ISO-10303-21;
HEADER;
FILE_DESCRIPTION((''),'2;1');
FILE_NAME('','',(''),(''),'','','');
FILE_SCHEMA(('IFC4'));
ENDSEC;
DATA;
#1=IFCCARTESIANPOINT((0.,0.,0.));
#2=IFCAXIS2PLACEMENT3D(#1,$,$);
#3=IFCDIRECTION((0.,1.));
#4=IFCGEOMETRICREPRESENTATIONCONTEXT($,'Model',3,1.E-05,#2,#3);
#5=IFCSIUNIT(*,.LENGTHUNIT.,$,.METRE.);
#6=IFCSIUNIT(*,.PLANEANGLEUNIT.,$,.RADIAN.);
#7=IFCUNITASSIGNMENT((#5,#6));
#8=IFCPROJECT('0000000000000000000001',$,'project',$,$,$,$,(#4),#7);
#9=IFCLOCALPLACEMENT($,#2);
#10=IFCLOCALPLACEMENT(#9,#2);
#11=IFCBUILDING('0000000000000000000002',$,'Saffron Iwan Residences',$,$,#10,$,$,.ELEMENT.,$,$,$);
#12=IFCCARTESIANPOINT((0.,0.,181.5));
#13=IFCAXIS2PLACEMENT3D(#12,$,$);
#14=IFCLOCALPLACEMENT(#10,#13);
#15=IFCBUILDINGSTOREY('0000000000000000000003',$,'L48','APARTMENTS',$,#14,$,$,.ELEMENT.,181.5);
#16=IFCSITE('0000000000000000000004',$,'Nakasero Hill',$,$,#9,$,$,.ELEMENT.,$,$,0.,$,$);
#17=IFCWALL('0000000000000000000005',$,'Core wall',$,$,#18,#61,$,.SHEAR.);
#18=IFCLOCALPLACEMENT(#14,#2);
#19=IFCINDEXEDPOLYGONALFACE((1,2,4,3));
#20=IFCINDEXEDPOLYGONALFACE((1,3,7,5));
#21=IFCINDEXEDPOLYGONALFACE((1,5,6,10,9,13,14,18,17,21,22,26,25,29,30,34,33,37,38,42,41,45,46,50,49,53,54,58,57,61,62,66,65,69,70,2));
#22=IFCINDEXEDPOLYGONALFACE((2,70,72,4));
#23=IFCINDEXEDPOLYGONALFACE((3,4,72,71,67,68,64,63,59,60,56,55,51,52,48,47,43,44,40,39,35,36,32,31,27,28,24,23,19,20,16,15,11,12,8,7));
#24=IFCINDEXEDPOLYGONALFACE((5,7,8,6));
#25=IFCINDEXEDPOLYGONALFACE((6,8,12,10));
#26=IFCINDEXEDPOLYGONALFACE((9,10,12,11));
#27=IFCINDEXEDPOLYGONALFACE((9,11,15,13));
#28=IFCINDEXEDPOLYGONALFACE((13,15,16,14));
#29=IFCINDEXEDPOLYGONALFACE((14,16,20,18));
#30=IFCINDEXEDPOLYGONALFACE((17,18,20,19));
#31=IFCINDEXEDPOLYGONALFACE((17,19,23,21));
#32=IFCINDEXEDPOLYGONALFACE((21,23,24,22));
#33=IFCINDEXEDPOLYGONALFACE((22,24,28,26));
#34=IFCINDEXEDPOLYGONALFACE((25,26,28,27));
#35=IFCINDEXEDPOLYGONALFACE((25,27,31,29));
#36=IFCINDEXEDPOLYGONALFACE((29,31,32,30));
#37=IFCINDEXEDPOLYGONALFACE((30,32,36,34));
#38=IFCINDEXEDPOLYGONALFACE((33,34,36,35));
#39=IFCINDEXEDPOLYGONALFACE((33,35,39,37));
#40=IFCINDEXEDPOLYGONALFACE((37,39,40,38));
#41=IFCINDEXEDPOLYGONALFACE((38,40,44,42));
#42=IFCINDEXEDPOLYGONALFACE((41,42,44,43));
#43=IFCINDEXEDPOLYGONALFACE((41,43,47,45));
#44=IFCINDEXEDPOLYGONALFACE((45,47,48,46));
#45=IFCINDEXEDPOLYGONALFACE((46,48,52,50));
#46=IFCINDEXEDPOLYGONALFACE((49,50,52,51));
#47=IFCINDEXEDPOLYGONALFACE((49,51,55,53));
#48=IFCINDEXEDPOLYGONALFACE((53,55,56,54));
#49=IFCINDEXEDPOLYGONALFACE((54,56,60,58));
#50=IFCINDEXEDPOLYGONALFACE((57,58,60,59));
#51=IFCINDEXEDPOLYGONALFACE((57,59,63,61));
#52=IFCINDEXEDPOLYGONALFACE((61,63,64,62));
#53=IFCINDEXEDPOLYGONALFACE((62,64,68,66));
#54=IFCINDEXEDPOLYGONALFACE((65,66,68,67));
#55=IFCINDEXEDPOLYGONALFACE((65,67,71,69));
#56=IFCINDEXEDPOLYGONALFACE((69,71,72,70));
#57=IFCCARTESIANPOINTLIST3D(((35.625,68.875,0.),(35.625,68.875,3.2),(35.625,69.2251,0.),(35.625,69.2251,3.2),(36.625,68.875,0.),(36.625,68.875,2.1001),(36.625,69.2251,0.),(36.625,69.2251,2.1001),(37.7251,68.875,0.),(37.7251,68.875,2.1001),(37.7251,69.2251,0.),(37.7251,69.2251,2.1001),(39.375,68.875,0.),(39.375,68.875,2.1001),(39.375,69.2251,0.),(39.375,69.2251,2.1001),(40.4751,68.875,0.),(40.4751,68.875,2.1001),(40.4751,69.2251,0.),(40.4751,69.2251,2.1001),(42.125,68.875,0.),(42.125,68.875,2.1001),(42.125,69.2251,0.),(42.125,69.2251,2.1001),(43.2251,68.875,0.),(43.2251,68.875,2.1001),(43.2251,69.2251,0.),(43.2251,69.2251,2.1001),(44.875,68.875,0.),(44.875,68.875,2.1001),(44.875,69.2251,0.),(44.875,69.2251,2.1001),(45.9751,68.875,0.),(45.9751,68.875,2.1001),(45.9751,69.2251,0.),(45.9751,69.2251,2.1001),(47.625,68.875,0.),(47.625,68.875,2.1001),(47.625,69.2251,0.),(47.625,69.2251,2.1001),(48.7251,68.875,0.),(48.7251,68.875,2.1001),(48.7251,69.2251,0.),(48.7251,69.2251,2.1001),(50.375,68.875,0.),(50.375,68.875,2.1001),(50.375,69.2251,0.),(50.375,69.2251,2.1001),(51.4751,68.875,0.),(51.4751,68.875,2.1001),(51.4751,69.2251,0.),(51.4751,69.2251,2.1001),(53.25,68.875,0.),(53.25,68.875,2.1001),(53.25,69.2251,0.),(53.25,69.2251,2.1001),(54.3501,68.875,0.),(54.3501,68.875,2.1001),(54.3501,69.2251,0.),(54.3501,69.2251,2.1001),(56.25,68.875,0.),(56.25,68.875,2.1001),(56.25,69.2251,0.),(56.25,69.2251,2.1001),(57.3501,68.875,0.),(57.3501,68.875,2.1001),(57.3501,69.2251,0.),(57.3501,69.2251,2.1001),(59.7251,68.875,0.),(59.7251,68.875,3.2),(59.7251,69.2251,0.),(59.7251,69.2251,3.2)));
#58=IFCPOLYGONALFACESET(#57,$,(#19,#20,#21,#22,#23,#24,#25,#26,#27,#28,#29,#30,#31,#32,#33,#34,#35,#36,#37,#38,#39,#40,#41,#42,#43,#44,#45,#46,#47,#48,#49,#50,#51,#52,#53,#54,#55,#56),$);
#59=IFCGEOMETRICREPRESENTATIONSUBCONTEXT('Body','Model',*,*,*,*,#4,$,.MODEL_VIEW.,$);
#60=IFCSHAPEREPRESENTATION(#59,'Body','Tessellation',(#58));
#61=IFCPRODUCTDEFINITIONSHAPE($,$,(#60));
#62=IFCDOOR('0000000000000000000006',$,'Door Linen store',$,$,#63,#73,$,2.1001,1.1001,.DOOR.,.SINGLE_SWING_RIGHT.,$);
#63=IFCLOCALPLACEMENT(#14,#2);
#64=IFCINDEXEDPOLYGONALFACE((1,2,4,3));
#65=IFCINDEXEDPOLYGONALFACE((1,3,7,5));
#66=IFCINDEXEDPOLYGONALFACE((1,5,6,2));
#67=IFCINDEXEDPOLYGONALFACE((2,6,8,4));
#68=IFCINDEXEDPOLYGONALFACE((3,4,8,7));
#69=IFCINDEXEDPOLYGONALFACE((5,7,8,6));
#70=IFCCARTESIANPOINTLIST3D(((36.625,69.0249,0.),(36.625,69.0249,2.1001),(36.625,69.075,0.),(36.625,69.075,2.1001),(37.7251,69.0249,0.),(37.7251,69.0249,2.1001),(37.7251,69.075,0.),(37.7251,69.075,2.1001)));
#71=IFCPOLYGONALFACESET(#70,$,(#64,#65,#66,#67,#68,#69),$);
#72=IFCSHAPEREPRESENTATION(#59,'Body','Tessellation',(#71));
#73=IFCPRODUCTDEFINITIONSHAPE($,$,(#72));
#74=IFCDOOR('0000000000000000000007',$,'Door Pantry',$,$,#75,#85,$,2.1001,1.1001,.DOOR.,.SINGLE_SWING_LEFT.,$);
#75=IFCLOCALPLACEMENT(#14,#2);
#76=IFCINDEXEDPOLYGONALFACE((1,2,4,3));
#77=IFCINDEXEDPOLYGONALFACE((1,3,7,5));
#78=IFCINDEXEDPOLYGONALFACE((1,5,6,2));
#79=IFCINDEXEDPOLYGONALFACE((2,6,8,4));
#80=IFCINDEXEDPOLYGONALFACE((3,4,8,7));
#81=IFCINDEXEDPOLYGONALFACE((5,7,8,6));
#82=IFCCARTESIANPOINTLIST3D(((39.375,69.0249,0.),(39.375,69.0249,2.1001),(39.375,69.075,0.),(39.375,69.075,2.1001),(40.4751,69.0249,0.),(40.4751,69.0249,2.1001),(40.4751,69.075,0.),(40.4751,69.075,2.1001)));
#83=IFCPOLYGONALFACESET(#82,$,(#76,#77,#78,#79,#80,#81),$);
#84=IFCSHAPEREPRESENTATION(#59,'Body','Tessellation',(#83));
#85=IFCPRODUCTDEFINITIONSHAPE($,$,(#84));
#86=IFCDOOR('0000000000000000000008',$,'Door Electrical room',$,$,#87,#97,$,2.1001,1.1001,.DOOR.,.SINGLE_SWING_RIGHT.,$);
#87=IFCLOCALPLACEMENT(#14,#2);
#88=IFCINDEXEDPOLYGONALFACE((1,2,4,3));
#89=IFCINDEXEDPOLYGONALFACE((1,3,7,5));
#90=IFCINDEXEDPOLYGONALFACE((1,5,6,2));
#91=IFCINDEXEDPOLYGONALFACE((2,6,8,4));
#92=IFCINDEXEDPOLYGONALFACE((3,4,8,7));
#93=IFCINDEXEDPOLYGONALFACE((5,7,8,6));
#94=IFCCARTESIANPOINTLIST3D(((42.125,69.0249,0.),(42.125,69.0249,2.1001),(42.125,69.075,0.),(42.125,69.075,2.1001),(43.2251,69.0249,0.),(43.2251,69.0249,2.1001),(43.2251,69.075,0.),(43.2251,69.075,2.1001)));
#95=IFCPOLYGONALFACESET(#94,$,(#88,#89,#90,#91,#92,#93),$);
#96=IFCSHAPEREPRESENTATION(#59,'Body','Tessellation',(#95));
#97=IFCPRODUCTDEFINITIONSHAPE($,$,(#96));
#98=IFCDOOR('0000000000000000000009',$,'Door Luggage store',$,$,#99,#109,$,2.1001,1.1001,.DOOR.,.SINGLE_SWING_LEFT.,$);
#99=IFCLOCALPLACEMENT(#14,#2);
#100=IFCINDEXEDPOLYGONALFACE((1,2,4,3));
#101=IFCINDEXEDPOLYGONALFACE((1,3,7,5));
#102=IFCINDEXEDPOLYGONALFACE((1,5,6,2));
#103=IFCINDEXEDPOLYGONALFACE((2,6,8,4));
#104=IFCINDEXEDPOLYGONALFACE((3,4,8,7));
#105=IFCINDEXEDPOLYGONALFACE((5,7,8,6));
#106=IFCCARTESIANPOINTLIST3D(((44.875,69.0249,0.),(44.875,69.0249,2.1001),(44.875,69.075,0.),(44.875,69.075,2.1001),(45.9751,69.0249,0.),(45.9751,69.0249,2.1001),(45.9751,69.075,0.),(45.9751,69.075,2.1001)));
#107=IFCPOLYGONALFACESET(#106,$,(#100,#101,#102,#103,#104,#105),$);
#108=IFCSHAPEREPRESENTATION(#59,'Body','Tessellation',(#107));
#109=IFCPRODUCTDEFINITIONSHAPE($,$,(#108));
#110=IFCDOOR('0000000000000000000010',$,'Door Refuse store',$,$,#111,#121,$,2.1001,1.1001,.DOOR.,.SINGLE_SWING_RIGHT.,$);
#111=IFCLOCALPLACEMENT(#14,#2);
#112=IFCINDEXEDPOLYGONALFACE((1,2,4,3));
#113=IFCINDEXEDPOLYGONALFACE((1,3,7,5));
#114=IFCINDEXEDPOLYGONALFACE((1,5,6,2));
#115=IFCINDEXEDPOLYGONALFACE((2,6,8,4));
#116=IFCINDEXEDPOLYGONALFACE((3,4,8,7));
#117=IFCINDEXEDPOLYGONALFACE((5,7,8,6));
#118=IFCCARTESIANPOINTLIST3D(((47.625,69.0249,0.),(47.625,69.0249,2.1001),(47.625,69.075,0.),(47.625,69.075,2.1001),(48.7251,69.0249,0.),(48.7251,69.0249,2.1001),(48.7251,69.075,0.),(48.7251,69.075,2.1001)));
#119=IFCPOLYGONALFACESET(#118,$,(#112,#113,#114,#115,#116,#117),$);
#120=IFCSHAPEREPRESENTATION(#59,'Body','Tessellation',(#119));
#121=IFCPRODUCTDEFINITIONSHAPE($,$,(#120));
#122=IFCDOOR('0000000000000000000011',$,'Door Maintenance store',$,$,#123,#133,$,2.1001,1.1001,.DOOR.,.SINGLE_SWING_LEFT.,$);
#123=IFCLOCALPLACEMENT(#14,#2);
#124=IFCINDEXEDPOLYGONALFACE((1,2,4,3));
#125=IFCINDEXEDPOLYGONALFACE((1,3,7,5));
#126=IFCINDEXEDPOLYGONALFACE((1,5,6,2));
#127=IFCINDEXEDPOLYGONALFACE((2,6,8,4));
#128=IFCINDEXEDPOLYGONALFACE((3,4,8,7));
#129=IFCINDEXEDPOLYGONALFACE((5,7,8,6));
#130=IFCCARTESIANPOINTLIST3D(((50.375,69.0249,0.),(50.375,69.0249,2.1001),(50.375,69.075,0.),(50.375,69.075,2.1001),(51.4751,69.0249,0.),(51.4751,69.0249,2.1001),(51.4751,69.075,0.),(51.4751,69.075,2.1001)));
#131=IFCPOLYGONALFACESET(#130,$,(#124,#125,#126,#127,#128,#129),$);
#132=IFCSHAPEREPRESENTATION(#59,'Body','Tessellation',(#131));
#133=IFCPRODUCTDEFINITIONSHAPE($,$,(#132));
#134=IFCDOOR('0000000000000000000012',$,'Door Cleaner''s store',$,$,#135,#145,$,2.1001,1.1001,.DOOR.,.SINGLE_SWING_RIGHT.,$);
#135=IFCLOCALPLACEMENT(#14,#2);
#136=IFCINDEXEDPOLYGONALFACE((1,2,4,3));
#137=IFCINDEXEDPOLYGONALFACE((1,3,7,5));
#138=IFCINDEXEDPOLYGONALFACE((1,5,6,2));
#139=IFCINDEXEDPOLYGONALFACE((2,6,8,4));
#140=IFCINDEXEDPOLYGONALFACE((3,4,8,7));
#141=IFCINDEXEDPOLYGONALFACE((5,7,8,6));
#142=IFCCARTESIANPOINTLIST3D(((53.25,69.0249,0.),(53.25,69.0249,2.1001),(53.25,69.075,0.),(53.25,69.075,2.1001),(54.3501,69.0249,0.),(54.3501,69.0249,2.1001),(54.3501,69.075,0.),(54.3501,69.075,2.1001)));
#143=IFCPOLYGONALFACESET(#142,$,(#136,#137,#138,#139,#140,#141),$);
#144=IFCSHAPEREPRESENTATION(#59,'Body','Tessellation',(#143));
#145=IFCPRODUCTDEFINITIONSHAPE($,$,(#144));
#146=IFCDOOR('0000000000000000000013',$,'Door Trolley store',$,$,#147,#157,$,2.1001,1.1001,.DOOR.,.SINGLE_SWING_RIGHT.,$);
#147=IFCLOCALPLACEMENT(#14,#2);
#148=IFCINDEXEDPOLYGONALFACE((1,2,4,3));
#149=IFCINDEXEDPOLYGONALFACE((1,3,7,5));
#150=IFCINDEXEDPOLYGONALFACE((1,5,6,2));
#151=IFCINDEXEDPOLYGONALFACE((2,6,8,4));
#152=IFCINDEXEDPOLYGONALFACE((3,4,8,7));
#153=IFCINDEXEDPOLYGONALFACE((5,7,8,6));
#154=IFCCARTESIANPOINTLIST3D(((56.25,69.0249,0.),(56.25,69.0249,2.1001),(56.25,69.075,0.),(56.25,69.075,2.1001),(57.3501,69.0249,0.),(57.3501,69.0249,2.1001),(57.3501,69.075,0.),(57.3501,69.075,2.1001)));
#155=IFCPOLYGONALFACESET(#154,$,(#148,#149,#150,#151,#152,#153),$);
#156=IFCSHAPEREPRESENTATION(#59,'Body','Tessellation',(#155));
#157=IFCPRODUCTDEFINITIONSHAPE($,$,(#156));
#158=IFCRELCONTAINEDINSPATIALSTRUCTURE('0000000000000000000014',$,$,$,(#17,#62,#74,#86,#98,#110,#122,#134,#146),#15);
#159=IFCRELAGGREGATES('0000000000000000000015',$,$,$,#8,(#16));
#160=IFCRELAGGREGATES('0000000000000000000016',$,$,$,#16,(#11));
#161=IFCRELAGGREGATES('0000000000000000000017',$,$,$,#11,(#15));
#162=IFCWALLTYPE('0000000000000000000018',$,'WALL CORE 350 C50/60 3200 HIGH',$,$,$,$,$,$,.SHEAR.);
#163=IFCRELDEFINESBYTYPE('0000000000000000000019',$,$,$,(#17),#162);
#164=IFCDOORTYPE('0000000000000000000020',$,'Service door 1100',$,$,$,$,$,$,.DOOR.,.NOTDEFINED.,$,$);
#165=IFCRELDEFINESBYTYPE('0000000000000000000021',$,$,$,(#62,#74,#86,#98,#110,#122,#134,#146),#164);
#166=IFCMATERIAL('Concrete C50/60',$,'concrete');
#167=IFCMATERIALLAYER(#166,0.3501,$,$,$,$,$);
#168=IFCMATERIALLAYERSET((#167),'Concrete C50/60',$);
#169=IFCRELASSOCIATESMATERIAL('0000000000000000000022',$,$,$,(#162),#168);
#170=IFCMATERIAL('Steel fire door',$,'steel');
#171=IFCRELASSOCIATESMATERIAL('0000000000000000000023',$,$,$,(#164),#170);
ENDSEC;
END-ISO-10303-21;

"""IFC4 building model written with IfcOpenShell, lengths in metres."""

from ifc_helpers import new_model, si_unit, direction, frame, frame_2d, origin, place, context, subcontext, project, spatial, rectangle, extrude, material, layer, layer_set, type_object, element, fill, save


model = new_model("IFC4")

# Units and contexts
model_context = context("Model", 3, precision=1e-05, world=origin(), true_north=direction((0.0, 1.0)))
body_context = subcontext(model_context, "Body", "Model", "MODEL_VIEW")
ifc_project = project(units=[si_unit("LENGTHUNIT", "METRE"), si_unit("PLANEANGLEUNIT", "RADIAN")], contexts=[model_context])

# Site, building, storey
site_placement = place(None, origin())
site = spatial("IfcSite", under=ifc_project, at=site_placement, Name="Nakasero Hill", CompositionType="ELEMENT", RefElevation=0.0)
building_placement = place(site_placement, origin())
building = spatial("IfcBuilding", under=site, at=building_placement, Name="Saffron Iwan Residences", CompositionType="ELEMENT")
storey_placement = place(building_placement, frame((0.0, 0.0, 181.5)))
storey = spatial("IfcBuildingStorey", under=building, at=storey_placement, Name="L48", Description="APARTMENTS", CompositionType="ELEMENT", Elevation=181.5)

# Shared definitions
ifc_material_1 = material(Name="Concrete C50/60", Category="concrete")

# Wall, openings, doors
ifc_layer_1 = layer(ifc_material_1, 0.3501)
ifc_layer_set_1 = layer_set([ifc_layer_1], Name="Concrete C50/60")
wall_type_1 = type_object("IfcWallType", Name="WALL CORE 350 C50/60 3200 HIGH", PredefinedType="SHEAR", material=ifc_layer_set_1)
wall_1_placement = place(storey_placement, frame((35.625, 69.05, 0.0), z_axis=(0.0, 0.0, 1.0), x_axis=(1.0, 0.0, 0.0)))
wall_1 = element("IfcWall", 1, at=wall_1_placement, inside=storey, type_object=wall_type_1, Name="Core wall", PredefinedType="SHEAR", context=body_context, shape_type="SweptSolid", body=[
    extrude(rectangle(XDim=24.1001, YDim=0.3501, at=frame_2d((12.05, 0.0))), origin(), (0.0, 0.0, 1.0), 3.2),
])
opening_1_placement = place(wall_1_placement, frame((1.0, 0.0, 0.0)))
opening_1 = element("IfcOpeningElement", 2, at=opening_1_placement, cuts=wall_1, PredefinedType="OPENING", context=body_context, shape_type="SweptSolid", body=[
    extrude(rectangle(XDim=1.1001, YDim=2.1001, at=frame_2d((0.55, 1.05))), frame((0.0, 0.1851, 0.0), z_axis=(0.0, -1.0, 0.0), x_axis=(1.0, 0.0, 0.0)), (0.0, 0.0, 1.0), 0.3701),
])
opening_2_placement = place(wall_1_placement, frame((3.75, 0.0, 0.0)))
opening_2 = element("IfcOpeningElement", 3, at=opening_2_placement, cuts=wall_1, PredefinedType="OPENING", context=body_context, shape_type="SweptSolid", body=[
    extrude(rectangle(XDim=1.1001, YDim=2.1001, at=frame_2d((0.55, 1.05))), frame((0.0, 0.1851, 0.0), z_axis=(0.0, -1.0, 0.0), x_axis=(1.0, 0.0, 0.0)), (0.0, 0.0, 1.0), 0.3701),
])
opening_3_placement = place(wall_1_placement, frame((6.5, 0.0, 0.0)))
opening_3 = element("IfcOpeningElement", 4, at=opening_3_placement, cuts=wall_1, PredefinedType="OPENING", context=body_context, shape_type="SweptSolid", body=[
    extrude(rectangle(XDim=1.1001, YDim=2.1001, at=frame_2d((0.55, 1.05))), frame((0.0, 0.1851, 0.0), z_axis=(0.0, -1.0, 0.0), x_axis=(1.0, 0.0, 0.0)), (0.0, 0.0, 1.0), 0.3701),
])
opening_4_placement = place(wall_1_placement, frame((9.25, 0.0, 0.0)))
opening_4 = element("IfcOpeningElement", 5, at=opening_4_placement, cuts=wall_1, PredefinedType="OPENING", context=body_context, shape_type="SweptSolid", body=[
    extrude(rectangle(XDim=1.1001, YDim=2.1001, at=frame_2d((0.55, 1.05))), frame((0.0, 0.1851, 0.0), z_axis=(0.0, -1.0, 0.0), x_axis=(1.0, 0.0, 0.0)), (0.0, 0.0, 1.0), 0.3701),
])
opening_5_placement = place(wall_1_placement, frame((12.0, 0.0, 0.0)))
opening_5 = element("IfcOpeningElement", 6, at=opening_5_placement, cuts=wall_1, PredefinedType="OPENING", context=body_context, shape_type="SweptSolid", body=[
    extrude(rectangle(XDim=1.1001, YDim=2.1001, at=frame_2d((0.55, 1.05))), frame((0.0, 0.1851, 0.0), z_axis=(0.0, -1.0, 0.0), x_axis=(1.0, 0.0, 0.0)), (0.0, 0.0, 1.0), 0.3701),
])
opening_6_placement = place(wall_1_placement, frame((14.75, 0.0, 0.0)))
opening_6 = element("IfcOpeningElement", 7, at=opening_6_placement, cuts=wall_1, PredefinedType="OPENING", context=body_context, shape_type="SweptSolid", body=[
    extrude(rectangle(XDim=1.1001, YDim=2.1001, at=frame_2d((0.55, 1.05))), frame((0.0, 0.1851, 0.0), z_axis=(0.0, -1.0, 0.0), x_axis=(1.0, 0.0, 0.0)), (0.0, 0.0, 1.0), 0.3701),
])
opening_7_placement = place(wall_1_placement, frame((17.625, 0.0, 0.0)))
opening_7 = element("IfcOpeningElement", 8, at=opening_7_placement, cuts=wall_1, PredefinedType="OPENING", context=body_context, shape_type="SweptSolid", body=[
    extrude(rectangle(XDim=1.1001, YDim=2.1001, at=frame_2d((0.55, 1.05))), frame((0.0, 0.1851, 0.0), z_axis=(0.0, -1.0, 0.0), x_axis=(1.0, 0.0, 0.0)), (0.0, 0.0, 1.0), 0.3701),
])
opening_8_placement = place(wall_1_placement, frame((20.625, 0.0, 0.0)))
opening_8 = element("IfcOpeningElement", 9, at=opening_8_placement, cuts=wall_1, PredefinedType="OPENING", context=body_context, shape_type="SweptSolid", body=[
    extrude(rectangle(XDim=1.1001, YDim=2.1001, at=frame_2d((0.55, 1.05))), frame((0.0, 0.1851, 0.0), z_axis=(0.0, -1.0, 0.0), x_axis=(1.0, 0.0, 0.0)), (0.0, 0.0, 1.0), 0.3701),
])
ifc_material_2 = material(Name="Steel fire door", Category="steel")
door_type = type_object("IfcDoorType", Name="Service door 1100", OperationType="NOTDEFINED", PredefinedType="DOOR", material=ifc_material_2)
door_1_placement = place(opening_1_placement, origin())
door_1 = element("IfcDoor", 10, at=door_1_placement, inside=storey, type_object=door_type, Name="Door Linen store", OperationType="SINGLE_SWING_RIGHT", OverallHeight=2.1001, OverallWidth=1.1001, PredefinedType="DOOR", context=body_context, shape_type="SweptSolid", body=[
    extrude(rectangle(XDim=1.1001, YDim=2.1001, at=frame_2d((0.55, 1.05))), frame((0.0, 0.0249, 0.0), z_axis=(0.0, -1.0, 0.0), x_axis=(1.0, 0.0, 0.0)), (0.0, 0.0, 1.0), 0.05),
])
fill(opening_1, door_1)
door_2_placement = place(opening_2_placement, origin())
door_2 = element("IfcDoor", 11, at=door_2_placement, inside=storey, type_object=door_type, Name="Door Pantry", OperationType="SINGLE_SWING_LEFT", OverallHeight=2.1001, OverallWidth=1.1001, PredefinedType="DOOR", context=body_context, shape_type="SweptSolid", body=[
    extrude(rectangle(XDim=1.1001, YDim=2.1001, at=frame_2d((0.55, 1.05))), frame((0.0, 0.0249, 0.0), z_axis=(0.0, -1.0, 0.0), x_axis=(1.0, 0.0, 0.0)), (0.0, 0.0, 1.0), 0.05),
])
fill(opening_2, door_2)
door_3_placement = place(opening_3_placement, origin())
door_3 = element("IfcDoor", 12, at=door_3_placement, inside=storey, type_object=door_type, Name="Door Electrical room", OperationType="SINGLE_SWING_RIGHT", OverallHeight=2.1001, OverallWidth=1.1001, PredefinedType="DOOR", context=body_context, shape_type="SweptSolid", body=[
    extrude(rectangle(XDim=1.1001, YDim=2.1001, at=frame_2d((0.55, 1.05))), frame((0.0, 0.0249, 0.0), z_axis=(0.0, -1.0, 0.0), x_axis=(1.0, 0.0, 0.0)), (0.0, 0.0, 1.0), 0.05),
])
fill(opening_3, door_3)
door_4_placement = place(opening_4_placement, origin())
door_4 = element("IfcDoor", 13, at=door_4_placement, inside=storey, type_object=door_type, Name="Door Luggage store", OperationType="SINGLE_SWING_LEFT", OverallHeight=2.1001, OverallWidth=1.1001, PredefinedType="DOOR", context=body_context, shape_type="SweptSolid", body=[
    extrude(rectangle(XDim=1.1001, YDim=2.1001, at=frame_2d((0.55, 1.05))), frame((0.0, 0.0249, 0.0), z_axis=(0.0, -1.0, 0.0), x_axis=(1.0, 0.0, 0.0)), (0.0, 0.0, 1.0), 0.05),
])
fill(opening_4, door_4)
door_5_placement = place(opening_5_placement, origin())
door_5 = element("IfcDoor", 14, at=door_5_placement, inside=storey, type_object=door_type, Name="Door Refuse store", OperationType="SINGLE_SWING_RIGHT", OverallHeight=2.1001, OverallWidth=1.1001, PredefinedType="DOOR", context=body_context, shape_type="SweptSolid", body=[
    extrude(rectangle(XDim=1.1001, YDim=2.1001, at=frame_2d((0.55, 1.05))), frame((0.0, 0.0249, 0.0), z_axis=(0.0, -1.0, 0.0), x_axis=(1.0, 0.0, 0.0)), (0.0, 0.0, 1.0), 0.05),
])
fill(opening_5, door_5)
door_6_placement = place(opening_6_placement, origin())
door_6 = element("IfcDoor", 15, at=door_6_placement, inside=storey, type_object=door_type, Name="Door Maintenance store", OperationType="SINGLE_SWING_LEFT", OverallHeight=2.1001, OverallWidth=1.1001, PredefinedType="DOOR", context=body_context, shape_type="SweptSolid", body=[
    extrude(rectangle(XDim=1.1001, YDim=2.1001, at=frame_2d((0.55, 1.05))), frame((0.0, 0.0249, 0.0), z_axis=(0.0, -1.0, 0.0), x_axis=(1.0, 0.0, 0.0)), (0.0, 0.0, 1.0), 0.05),
])
fill(opening_6, door_6)
door_7_placement = place(opening_7_placement, origin())
door_7 = element("IfcDoor", 16, at=door_7_placement, inside=storey, type_object=door_type, Name="Door Cleaner's store", OperationType="SINGLE_SWING_RIGHT", OverallHeight=2.1001, OverallWidth=1.1001, PredefinedType="DOOR", context=body_context, shape_type="SweptSolid", body=[
    extrude(rectangle(XDim=1.1001, YDim=2.1001, at=frame_2d((0.55, 1.05))), frame((0.0, 0.0249, 0.0), z_axis=(0.0, -1.0, 0.0), x_axis=(1.0, 0.0, 0.0)), (0.0, 0.0, 1.0), 0.05),
])
fill(opening_7, door_7)
door_8_placement = place(opening_8_placement, origin())
door_8 = element("IfcDoor", 17, at=door_8_placement, inside=storey, type_object=door_type, Name="Door Trolley store", OperationType="SINGLE_SWING_RIGHT", OverallHeight=2.1001, OverallWidth=1.1001, PredefinedType="DOOR", context=body_context, shape_type="SweptSolid", body=[
    extrude(rectangle(XDim=1.1001, YDim=2.1001, at=frame_2d((0.55, 1.05))), frame((0.0, 0.0249, 0.0), z_axis=(0.0, -1.0, 0.0), x_axis=(1.0, 0.0, 0.0)), (0.0, 0.0, 1.0), 0.05),
])
fill(opening_8, door_8)

save(model, "model.ifc")
